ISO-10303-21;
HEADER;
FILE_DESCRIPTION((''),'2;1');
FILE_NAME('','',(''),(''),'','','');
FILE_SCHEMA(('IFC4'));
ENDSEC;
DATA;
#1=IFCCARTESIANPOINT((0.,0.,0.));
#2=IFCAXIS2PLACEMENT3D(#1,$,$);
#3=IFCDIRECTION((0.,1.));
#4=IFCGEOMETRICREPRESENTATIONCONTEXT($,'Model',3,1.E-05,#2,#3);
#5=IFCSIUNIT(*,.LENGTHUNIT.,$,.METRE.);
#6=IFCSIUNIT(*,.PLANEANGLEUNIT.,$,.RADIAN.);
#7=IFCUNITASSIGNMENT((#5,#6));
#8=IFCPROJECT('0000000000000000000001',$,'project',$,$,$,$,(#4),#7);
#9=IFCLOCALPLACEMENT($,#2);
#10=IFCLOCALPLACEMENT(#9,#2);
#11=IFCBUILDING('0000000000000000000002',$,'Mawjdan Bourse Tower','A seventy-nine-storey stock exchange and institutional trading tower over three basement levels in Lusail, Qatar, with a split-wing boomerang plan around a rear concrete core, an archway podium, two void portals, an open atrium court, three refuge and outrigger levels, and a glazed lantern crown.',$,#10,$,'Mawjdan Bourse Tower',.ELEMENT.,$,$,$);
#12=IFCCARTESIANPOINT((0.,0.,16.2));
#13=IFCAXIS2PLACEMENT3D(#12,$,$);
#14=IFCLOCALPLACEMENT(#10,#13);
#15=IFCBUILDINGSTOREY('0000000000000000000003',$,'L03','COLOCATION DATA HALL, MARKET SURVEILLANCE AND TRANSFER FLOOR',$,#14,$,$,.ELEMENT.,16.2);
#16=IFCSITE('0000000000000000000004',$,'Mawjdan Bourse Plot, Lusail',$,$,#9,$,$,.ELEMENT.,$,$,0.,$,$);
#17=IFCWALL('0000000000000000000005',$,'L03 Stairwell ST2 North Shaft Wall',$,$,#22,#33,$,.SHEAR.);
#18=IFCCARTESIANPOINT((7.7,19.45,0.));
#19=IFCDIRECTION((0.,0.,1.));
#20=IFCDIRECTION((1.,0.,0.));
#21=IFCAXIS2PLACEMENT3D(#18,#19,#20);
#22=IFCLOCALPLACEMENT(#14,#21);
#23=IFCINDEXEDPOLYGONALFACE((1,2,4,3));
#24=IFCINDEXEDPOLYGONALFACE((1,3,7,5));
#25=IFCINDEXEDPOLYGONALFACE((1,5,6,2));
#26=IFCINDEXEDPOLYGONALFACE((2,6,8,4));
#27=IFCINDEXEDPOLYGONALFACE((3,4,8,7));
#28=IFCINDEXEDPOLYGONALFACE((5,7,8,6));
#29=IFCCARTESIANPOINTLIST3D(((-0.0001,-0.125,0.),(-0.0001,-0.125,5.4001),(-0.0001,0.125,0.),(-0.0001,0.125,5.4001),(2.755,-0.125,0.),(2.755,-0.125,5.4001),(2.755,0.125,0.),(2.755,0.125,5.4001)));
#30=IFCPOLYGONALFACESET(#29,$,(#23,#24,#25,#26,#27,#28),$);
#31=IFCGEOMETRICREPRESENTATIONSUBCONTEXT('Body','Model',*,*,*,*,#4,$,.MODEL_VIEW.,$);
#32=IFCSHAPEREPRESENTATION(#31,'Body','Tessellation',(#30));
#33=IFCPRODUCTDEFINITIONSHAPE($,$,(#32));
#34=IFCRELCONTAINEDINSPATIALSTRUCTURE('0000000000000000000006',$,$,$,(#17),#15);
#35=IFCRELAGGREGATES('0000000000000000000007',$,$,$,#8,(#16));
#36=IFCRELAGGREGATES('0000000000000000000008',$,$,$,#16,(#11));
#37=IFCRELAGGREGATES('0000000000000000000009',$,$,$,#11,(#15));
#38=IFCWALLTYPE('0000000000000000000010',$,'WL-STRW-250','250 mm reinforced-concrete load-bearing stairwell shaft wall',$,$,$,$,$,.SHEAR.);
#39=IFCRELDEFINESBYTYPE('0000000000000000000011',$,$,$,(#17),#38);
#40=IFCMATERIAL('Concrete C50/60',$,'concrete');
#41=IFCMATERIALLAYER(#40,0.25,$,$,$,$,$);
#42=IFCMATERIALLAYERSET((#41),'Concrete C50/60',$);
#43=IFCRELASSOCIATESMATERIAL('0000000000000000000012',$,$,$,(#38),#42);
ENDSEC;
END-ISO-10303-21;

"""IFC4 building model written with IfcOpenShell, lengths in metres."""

from ifc_helpers import new_model, si_unit, direction, frame, frame_2d, origin, place, context, subcontext, project, spatial, rectangle, extrude, material, layer, layer_set, type_object, element, save


model = new_model("IFC4")

# Units and contexts
model_context = context("Model", 3, precision=1e-05, world=origin(), true_north=direction((0.0, 1.0)))
body_context = subcontext(model_context, "Body", "Model", "MODEL_VIEW")
ifc_project = project(units=[si_unit("LENGTHUNIT", "METRE"), si_unit("PLANEANGLEUNIT", "RADIAN")], contexts=[model_context])

# Site, building, storey
site_placement = place(None, origin())
site = spatial("IfcSite", under=ifc_project, at=site_placement, Name="Mawjdan Bourse Plot, Lusail", CompositionType="ELEMENT", RefElevation=0.0)
building_placement = place(site_placement, origin())
building = spatial("IfcBuilding", under=site, at=building_placement, Name="Mawjdan Bourse Tower", Description="A seventy-nine-storey stock exchange and institutional trading tower over three basement levels in Lusail, Qatar, with a split-wing boomerang plan around a rear concrete core, an archway podium, two void portals, an open atrium court, three refuge and outrigger levels, and a glazed lantern crown.", LongName="Mawjdan Bourse Tower", CompositionType="ELEMENT")
storey_placement = place(building_placement, frame((0.0, 0.0, 16.2)))
storey = spatial("IfcBuildingStorey", under=building, at=storey_placement, Name="L03", Description="COLOCATION DATA HALL, MARKET SURVEILLANCE AND TRANSFER FLOOR", CompositionType="ELEMENT", Elevation=16.2)

# Wall
ifc_material_1 = material(Name="Concrete C50/60", Category="concrete")
ifc_layer_1 = layer(ifc_material_1, 0.25)
ifc_layer_set_1 = layer_set([ifc_layer_1], Name="Concrete C50/60")
wall_type_1 = type_object("IfcWallType", Name="WL-STRW-250", Description="250 mm reinforced-concrete load-bearing stairwell shaft wall", PredefinedType="SHEAR", material=ifc_layer_set_1)
wall_1_placement = place(storey_placement, frame((7.7, 19.45, 0.0), z_axis=(0.0, 0.0, 1.0), x_axis=(1.0, 0.0, 0.0)))
element("IfcWall", 1, at=wall_1_placement, inside=storey, type_object=wall_type_1, Name="L03 Stairwell ST2 North Shaft Wall", PredefinedType="SHEAR", context=body_context, shape_type="SweptSolid", body=[
    extrude(rectangle(XDim=2.7551, YDim=0.25, at=frame_2d((1.3774, 0.0))), origin(), (0.0, 0.0, 1.0), 5.4001),
])

save(model, "model.ifc")
